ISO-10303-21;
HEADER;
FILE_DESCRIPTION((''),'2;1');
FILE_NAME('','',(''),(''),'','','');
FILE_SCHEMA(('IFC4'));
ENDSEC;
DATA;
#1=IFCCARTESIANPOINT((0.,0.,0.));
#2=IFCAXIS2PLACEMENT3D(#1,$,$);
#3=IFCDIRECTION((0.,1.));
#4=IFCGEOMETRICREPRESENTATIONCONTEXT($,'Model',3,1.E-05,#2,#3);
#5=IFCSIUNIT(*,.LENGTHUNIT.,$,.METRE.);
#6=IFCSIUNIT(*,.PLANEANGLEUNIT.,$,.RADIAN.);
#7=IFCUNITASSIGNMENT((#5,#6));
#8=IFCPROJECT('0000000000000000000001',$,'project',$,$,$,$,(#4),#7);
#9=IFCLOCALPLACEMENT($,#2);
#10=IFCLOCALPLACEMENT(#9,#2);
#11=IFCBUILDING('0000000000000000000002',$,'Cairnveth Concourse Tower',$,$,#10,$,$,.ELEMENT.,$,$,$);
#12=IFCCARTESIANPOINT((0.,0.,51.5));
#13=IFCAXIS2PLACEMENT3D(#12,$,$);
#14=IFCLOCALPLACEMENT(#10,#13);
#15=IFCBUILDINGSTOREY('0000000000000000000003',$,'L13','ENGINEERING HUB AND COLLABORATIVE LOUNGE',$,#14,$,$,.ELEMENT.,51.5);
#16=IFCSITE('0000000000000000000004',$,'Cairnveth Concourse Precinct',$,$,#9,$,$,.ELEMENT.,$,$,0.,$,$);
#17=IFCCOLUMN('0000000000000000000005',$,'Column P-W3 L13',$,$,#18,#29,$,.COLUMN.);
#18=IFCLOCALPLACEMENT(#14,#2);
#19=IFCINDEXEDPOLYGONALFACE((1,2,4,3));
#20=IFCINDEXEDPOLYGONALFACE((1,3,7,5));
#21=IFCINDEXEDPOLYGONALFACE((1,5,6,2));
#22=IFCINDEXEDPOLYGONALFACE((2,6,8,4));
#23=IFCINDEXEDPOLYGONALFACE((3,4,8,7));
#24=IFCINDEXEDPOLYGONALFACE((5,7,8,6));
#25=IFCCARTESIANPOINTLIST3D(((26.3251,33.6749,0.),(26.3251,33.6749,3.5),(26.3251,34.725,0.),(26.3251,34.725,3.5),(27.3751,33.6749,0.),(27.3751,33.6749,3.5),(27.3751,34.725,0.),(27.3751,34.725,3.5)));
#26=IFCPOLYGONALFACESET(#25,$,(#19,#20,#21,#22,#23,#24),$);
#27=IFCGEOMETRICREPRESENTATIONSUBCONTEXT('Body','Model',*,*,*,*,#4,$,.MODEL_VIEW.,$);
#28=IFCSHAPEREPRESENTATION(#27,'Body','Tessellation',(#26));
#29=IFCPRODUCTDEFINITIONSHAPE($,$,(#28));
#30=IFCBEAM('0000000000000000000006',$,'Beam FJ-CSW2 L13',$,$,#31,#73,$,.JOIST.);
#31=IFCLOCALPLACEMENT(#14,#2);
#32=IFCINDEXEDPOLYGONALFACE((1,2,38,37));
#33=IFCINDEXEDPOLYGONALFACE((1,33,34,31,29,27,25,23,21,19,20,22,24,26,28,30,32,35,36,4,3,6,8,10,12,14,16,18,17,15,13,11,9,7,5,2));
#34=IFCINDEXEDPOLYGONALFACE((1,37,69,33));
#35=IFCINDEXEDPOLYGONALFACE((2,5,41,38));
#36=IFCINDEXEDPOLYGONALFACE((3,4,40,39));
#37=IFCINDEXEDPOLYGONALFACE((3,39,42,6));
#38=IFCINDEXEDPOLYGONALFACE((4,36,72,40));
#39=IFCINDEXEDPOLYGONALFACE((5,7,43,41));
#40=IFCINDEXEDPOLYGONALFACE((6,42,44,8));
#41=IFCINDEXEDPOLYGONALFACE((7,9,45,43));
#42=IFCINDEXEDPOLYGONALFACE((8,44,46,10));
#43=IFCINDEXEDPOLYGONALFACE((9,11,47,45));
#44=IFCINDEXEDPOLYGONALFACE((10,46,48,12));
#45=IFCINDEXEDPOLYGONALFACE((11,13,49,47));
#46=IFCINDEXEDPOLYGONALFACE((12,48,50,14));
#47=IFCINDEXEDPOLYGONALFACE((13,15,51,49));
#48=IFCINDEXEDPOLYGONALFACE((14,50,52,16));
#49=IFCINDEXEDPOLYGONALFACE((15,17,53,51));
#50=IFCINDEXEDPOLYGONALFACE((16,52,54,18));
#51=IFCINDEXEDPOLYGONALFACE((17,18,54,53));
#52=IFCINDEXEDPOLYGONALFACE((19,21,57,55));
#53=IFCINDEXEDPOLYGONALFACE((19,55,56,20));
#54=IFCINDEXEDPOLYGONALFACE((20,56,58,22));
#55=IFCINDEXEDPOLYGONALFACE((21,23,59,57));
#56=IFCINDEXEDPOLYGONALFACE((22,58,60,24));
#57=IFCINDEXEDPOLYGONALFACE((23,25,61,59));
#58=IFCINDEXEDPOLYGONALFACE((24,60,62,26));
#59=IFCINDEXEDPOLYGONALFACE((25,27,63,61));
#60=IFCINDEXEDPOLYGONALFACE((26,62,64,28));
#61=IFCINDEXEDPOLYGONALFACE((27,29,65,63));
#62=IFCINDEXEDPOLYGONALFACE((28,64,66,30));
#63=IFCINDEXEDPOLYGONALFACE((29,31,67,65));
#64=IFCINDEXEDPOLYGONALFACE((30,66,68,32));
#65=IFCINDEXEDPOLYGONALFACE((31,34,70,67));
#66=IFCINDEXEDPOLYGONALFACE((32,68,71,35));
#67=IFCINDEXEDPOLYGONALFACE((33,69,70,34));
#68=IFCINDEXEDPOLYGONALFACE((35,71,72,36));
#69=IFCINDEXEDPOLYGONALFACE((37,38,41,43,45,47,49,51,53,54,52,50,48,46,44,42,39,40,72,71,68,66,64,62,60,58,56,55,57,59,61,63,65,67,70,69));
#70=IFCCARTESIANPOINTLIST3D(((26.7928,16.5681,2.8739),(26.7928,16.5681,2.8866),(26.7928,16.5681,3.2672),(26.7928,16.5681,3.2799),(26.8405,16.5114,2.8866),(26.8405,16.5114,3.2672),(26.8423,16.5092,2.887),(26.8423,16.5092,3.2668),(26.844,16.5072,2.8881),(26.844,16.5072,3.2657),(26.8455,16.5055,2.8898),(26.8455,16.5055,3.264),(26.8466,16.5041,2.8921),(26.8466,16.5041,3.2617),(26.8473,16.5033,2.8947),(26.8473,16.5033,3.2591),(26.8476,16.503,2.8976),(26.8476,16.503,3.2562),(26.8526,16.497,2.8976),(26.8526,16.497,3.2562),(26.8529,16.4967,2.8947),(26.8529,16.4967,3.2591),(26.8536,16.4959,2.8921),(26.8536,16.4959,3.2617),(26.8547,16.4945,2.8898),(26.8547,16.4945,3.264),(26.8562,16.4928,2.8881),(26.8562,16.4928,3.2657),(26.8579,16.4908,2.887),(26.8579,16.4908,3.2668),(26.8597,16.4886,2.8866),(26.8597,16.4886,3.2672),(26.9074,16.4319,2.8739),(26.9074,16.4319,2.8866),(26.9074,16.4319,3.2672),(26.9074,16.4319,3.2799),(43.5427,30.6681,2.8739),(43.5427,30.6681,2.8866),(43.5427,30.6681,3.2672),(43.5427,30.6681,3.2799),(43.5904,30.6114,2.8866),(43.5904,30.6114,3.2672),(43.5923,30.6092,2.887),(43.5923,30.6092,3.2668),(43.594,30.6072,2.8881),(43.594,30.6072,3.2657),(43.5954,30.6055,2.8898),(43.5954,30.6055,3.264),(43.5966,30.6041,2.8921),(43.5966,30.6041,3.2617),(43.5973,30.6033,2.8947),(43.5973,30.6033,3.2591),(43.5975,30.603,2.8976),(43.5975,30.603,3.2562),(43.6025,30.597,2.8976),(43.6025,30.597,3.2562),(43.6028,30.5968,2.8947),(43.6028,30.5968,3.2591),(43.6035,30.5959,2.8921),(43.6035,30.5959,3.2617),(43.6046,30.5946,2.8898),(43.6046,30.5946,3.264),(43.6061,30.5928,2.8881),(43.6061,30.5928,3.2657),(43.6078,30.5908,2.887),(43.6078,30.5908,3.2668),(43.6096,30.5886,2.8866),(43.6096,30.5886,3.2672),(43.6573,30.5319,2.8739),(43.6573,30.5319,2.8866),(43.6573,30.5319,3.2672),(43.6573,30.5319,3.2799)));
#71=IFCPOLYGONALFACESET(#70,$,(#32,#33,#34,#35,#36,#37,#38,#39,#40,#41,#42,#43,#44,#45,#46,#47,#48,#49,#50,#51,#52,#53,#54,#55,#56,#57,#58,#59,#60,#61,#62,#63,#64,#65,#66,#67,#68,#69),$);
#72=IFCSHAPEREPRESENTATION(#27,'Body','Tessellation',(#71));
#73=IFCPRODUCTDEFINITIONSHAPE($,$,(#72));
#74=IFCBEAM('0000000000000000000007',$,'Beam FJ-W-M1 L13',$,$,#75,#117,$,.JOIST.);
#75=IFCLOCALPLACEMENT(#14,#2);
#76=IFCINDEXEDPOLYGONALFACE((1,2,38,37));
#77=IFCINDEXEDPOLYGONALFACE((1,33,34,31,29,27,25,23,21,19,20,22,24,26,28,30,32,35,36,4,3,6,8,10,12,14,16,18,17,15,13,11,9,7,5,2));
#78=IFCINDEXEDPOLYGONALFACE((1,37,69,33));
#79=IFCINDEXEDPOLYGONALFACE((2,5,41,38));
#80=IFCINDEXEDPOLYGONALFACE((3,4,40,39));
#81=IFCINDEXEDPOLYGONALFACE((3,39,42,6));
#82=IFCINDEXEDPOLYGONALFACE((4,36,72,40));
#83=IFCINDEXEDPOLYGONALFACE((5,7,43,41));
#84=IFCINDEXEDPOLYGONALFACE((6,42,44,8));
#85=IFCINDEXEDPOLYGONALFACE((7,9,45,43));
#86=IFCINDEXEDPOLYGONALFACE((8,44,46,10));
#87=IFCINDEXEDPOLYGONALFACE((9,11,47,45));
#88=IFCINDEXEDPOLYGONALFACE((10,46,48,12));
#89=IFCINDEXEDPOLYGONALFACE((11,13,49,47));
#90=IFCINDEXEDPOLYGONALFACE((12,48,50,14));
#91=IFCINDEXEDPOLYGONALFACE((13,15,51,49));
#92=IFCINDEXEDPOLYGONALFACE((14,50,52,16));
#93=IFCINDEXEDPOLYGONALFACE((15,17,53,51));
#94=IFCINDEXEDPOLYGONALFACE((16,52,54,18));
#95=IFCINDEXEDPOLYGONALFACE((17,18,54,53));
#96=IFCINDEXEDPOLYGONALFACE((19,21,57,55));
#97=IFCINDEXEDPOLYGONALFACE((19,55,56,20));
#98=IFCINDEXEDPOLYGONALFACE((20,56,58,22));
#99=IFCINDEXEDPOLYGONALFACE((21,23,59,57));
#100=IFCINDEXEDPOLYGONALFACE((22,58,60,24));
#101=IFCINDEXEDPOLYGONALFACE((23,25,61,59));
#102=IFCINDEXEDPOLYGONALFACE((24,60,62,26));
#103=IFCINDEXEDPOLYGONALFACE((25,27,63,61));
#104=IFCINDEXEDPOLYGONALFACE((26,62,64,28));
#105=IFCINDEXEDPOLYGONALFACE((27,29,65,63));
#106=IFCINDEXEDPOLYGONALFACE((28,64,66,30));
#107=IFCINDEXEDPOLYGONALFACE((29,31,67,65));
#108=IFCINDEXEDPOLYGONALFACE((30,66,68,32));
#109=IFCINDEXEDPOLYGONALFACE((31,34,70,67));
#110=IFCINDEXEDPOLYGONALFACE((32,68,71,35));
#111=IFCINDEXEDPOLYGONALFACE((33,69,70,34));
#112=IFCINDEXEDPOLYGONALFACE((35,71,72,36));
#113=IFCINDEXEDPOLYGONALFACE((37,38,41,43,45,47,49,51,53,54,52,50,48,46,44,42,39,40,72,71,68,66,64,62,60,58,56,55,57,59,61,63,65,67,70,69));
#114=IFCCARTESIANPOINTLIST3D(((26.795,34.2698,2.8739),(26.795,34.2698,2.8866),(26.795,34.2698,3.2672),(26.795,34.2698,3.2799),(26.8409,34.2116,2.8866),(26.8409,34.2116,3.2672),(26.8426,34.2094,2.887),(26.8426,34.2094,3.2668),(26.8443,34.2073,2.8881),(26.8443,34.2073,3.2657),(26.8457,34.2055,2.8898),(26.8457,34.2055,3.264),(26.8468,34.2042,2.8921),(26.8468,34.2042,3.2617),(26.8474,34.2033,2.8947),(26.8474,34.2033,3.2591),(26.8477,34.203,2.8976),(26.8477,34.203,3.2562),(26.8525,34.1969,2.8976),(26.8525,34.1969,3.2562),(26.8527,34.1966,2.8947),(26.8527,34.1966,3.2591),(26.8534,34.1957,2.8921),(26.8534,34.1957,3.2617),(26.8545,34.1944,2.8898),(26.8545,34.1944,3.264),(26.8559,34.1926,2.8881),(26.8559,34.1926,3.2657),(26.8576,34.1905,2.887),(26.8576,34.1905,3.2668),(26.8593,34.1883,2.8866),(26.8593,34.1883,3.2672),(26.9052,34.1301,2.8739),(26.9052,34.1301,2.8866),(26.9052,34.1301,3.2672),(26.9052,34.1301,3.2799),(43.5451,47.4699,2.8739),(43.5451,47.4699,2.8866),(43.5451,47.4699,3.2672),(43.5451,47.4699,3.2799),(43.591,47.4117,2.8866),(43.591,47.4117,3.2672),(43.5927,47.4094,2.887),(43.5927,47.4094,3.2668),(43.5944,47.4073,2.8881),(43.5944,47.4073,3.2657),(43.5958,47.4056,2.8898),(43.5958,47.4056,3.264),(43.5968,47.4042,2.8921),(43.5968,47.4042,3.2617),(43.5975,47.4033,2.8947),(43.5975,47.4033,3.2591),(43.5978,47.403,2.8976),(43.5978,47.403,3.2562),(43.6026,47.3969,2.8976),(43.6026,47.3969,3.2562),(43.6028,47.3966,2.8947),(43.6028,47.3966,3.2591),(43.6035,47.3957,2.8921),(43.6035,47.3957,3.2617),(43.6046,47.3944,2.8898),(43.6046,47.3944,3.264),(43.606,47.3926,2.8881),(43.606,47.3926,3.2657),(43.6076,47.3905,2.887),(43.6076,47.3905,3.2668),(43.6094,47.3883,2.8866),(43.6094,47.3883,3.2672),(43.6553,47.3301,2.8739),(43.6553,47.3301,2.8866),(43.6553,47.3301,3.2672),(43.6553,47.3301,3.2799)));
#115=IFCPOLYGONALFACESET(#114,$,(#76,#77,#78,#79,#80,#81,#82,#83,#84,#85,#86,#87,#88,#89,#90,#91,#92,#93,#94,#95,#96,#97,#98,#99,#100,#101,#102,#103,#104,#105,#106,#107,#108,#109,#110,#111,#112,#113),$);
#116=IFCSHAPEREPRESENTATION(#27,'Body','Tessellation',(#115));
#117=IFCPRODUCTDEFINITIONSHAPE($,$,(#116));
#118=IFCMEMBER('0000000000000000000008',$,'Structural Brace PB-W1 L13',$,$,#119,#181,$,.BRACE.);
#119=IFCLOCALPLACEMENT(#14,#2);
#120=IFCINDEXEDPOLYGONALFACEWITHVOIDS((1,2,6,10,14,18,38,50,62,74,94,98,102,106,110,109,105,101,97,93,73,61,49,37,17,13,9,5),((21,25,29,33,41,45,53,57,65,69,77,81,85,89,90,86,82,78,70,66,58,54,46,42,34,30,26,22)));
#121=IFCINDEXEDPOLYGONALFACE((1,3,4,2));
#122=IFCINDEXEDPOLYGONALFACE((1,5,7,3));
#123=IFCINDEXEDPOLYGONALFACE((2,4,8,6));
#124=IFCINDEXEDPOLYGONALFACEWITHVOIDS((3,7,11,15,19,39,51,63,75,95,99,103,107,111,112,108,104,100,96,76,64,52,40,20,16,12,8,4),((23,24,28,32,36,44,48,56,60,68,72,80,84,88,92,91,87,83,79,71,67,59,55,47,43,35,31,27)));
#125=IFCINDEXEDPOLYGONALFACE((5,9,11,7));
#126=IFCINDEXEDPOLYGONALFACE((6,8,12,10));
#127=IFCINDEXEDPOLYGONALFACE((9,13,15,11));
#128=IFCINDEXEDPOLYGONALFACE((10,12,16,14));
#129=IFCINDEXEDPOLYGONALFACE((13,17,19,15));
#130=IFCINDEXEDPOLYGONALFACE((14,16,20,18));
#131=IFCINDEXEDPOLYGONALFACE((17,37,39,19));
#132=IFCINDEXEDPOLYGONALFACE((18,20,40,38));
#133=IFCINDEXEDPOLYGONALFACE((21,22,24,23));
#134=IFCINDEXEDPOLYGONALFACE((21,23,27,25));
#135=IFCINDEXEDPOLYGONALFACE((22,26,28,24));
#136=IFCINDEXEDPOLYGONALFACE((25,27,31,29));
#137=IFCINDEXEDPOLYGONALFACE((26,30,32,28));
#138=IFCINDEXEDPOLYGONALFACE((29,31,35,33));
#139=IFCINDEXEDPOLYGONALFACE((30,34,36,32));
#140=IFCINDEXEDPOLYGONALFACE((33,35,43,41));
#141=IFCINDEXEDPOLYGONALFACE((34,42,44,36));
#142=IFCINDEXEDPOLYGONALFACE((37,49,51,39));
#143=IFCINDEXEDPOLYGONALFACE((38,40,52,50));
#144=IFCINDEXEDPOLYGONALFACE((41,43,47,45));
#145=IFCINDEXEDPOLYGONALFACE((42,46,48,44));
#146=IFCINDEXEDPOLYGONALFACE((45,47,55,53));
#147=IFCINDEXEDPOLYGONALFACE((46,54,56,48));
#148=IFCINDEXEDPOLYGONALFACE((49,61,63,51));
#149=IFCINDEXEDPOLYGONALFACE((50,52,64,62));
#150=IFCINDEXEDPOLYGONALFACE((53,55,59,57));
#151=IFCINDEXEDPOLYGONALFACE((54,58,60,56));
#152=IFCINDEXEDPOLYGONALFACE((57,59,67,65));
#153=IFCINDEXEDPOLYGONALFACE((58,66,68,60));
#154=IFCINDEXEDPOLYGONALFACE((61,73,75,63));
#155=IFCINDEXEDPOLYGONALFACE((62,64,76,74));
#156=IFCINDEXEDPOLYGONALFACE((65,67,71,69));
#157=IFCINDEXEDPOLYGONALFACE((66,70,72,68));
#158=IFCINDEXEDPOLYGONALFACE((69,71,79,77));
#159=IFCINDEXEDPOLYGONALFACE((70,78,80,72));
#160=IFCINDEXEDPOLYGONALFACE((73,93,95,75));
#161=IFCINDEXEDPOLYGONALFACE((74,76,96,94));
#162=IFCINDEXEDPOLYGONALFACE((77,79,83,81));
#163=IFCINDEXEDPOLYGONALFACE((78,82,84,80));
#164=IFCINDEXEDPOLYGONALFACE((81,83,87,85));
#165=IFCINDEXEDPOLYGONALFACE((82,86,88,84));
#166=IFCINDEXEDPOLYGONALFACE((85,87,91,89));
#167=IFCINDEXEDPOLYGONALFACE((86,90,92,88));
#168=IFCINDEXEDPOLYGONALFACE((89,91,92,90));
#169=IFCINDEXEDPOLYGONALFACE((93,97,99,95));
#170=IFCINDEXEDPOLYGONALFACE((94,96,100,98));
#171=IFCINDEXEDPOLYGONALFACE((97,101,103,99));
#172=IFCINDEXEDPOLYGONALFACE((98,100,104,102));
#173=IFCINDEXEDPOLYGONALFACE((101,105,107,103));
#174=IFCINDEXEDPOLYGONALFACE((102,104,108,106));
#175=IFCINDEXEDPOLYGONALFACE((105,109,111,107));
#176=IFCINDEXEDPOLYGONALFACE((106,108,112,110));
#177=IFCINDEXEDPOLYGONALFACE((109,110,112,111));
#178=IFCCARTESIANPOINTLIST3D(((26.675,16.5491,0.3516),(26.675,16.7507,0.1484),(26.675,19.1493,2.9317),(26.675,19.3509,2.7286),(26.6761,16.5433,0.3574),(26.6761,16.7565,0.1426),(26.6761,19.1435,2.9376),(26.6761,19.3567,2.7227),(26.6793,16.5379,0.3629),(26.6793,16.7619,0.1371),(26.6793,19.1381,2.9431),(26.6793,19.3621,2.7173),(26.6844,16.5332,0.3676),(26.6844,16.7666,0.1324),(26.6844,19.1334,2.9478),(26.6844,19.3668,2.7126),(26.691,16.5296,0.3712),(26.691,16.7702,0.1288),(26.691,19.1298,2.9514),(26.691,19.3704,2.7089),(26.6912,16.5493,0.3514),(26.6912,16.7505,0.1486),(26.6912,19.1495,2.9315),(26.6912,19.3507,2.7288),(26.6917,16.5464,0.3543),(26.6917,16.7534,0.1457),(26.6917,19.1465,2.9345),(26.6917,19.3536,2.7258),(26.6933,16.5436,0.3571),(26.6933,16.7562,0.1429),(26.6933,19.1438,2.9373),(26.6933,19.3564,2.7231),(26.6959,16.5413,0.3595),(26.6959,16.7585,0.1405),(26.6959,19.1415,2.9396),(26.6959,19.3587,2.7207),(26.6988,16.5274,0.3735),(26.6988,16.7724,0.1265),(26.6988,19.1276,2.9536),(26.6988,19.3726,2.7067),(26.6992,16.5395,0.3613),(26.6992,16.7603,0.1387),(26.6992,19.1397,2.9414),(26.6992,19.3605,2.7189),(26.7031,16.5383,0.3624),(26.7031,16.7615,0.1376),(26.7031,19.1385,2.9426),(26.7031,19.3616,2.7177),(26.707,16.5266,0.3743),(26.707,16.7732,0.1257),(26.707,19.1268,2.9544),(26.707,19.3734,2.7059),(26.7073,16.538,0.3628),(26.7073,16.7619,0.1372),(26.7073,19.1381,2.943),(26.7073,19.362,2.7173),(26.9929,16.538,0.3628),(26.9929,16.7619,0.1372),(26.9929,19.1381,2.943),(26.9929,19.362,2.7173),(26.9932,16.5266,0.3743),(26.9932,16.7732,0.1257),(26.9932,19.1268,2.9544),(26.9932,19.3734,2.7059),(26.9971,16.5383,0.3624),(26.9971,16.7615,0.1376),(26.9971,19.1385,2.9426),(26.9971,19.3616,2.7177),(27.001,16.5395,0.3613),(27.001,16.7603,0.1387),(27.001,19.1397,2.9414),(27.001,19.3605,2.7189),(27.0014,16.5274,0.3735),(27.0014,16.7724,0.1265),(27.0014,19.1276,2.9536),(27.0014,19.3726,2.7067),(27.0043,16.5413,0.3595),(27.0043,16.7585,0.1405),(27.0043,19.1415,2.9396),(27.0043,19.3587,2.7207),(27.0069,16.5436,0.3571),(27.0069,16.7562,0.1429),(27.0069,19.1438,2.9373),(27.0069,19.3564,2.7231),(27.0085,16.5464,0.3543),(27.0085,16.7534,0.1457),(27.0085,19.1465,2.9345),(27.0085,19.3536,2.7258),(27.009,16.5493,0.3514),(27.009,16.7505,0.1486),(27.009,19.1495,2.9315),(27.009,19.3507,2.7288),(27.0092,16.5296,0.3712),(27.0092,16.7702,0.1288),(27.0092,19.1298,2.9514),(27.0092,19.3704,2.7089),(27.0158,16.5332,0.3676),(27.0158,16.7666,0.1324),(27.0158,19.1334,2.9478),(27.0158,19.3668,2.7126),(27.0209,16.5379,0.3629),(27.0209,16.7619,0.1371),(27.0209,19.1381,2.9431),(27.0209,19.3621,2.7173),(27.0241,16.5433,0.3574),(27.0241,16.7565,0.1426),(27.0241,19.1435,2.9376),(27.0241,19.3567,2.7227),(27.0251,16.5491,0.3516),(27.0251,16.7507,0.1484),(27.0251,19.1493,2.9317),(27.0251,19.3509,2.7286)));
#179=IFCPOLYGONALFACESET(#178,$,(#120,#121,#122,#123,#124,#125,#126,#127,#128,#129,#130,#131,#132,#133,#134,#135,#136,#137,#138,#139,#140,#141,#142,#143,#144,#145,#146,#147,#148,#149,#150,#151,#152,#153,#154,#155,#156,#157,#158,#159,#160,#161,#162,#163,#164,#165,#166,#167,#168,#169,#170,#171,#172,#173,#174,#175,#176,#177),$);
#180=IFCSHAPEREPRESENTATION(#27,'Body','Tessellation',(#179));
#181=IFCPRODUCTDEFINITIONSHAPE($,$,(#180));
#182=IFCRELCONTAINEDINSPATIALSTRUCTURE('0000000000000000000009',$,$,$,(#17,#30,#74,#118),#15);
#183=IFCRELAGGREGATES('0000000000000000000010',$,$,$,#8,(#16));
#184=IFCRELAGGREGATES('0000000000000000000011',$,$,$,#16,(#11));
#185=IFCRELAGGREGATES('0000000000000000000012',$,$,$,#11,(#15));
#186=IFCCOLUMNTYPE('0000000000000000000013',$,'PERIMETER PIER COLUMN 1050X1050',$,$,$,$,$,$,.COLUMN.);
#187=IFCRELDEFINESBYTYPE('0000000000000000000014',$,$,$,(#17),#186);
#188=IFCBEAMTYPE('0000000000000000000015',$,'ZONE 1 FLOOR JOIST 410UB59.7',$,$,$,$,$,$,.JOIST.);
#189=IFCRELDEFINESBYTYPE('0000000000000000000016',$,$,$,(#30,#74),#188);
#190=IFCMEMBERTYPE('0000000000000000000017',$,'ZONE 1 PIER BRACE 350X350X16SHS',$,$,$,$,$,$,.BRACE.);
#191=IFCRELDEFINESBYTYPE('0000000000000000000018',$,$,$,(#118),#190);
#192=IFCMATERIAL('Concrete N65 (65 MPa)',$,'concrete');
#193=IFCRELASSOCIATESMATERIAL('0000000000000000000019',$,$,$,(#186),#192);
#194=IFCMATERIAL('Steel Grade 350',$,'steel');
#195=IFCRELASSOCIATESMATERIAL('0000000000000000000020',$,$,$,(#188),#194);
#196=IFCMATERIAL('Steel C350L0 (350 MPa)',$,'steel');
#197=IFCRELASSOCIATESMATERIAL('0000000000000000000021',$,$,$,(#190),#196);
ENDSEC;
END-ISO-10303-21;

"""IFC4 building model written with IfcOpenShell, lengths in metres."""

from ifc_helpers import new_model, si_unit, direction, frame, origin, origin_2d, place, context, subcontext, project, spatial, rectangle, hollow_rectangle, i_section, extrude, material, material_profile, profile_set, type_object, element, save


model = new_model("IFC4")

# Units and contexts
model_context = context("Model", 3, precision=1e-05, world=origin(), true_north=direction((0.0, 1.0)))
body_context = subcontext(model_context, "Body", "Model", "MODEL_VIEW")
ifc_project = project(units=[si_unit("LENGTHUNIT", "METRE"), si_unit("PLANEANGLEUNIT", "RADIAN")], contexts=[model_context])

# Site, building, storey
site_placement = place(None, origin())
site = spatial("IfcSite", under=ifc_project, at=site_placement, Name="Cairnveth Concourse Precinct", CompositionType="ELEMENT", RefElevation=0.0)
building_placement = place(site_placement, origin())
building = spatial("IfcBuilding", under=site, at=building_placement, Name="Cairnveth Concourse Tower", CompositionType="ELEMENT")
storey_placement = place(building_placement, frame((0.0, 0.0, 51.5)))
storey = spatial("IfcBuildingStorey", under=building, at=storey_placement, Name="L13", Description="ENGINEERING HUB AND COLLABORATIVE LOUNGE", CompositionType="ELEMENT", Elevation=51.5)

# Column
ifc_material_1 = material(Name="Concrete N65 (65 MPa)", Category="concrete")
ifc_material_profile_1 = material_profile(ifc_material_1, rectangle(XDim=1.05, YDim=1.05, at=origin_2d()), Name="RC-COL-1050x1050")
ifc_profile_set_1 = profile_set([ifc_material_profile_1], Name="Concrete N65 (65 MPa)")
column_type = type_object("IfcColumnType", Name="PERIMETER PIER COLUMN 1050X1050", PredefinedType="COLUMN", material=ifc_profile_set_1)
column_placement = place(storey_placement, frame((26.8501, 34.2, 0.0), z_axis=(0.0, 0.0, 1.0), x_axis=(0.0, 1.0, 0.0)))
element("IfcColumn", 1, at=column_placement, inside=storey, type_object=column_type, Name="Column P-W3 L13", PredefinedType="COLUMN", context=body_context, shape_type="SweptSolid", body=[
    extrude(rectangle(XDim=1.05, YDim=1.05, at=origin_2d()), origin(), (0.0, 0.0, 1.0), 3.5),
])

# Beams
ifc_material_2 = material(Name="Steel Grade 350", Category="steel")
ifc_material_profile_2 = material_profile(ifc_material_2, i_section(OverallWidth=0.178, OverallDepth=0.406, WebThickness=0.0078, FlangeThickness=0.0127, FilletRadius=0.011, at=origin_2d()), Name="410UB59.7")
ifc_profile_set_2 = profile_set([ifc_material_profile_2], Name="Steel Grade 350")
beam_type_1 = type_object("IfcBeamType", Name="ZONE 1 FLOOR JOIST 410UB59.7", PredefinedType="JOIST", material=ifc_profile_set_2)
beam_1_placement = place(storey_placement, frame((26.8501, 16.5, 3.0769), z_axis=(0.765027, 0.643998, 0.0), x_axis=(-0.643998, 0.765027, 0.0)))
element("IfcBeam", 2, at=beam_1_placement, inside=storey, type_object=beam_type_1, Name="Beam FJ-CSW2 L13", PredefinedType="JOIST", context=body_context, shape_type="SweptSolid", body=[
    extrude(i_section(OverallWidth=0.178, OverallDepth=0.406, WebThickness=0.0078, FlangeThickness=0.0127, FilletRadius=0.011, at=origin_2d()), origin(), (0.0, 0.0, 1.0), 21.8945),
])
beam_2_placement = place(storey_placement, frame((26.8501, 34.2, 3.0769), z_axis=(0.785424, 0.618958, 0.0), x_axis=(-0.618958, 0.785424, 0.0)))
element("IfcBeam", 3, at=beam_2_placement, inside=storey, type_object=beam_type_1, Name="Beam FJ-W-M1 L13", PredefinedType="JOIST", context=body_context, shape_type="SweptSolid", body=[
    extrude(i_section(OverallWidth=0.178, OverallDepth=0.406, WebThickness=0.0078, FlangeThickness=0.0127, FilletRadius=0.011, at=origin_2d()), origin(), (0.0, 0.0, 1.0), 21.3262),
])

# Member
ifc_material_3 = material(Name="Steel C350L0 (350 MPa)", Category="steel")
ifc_material_profile_3 = material_profile(ifc_material_3, hollow_rectangle(XDim=0.3501, YDim=0.3501, WallThickness=0.0161, InnerFilletRadius=0.0161, OuterFilletRadius=0.032, at=origin_2d()), Name="350x350x16.0SHS")
ifc_profile_set_3 = profile_set([ifc_material_profile_3], Name="Steel C350L0 (350 MPa)")
member_type = type_object("IfcMemberType", Name="ZONE 1 PIER BRACE 350X350X16SHS", PredefinedType="BRACE", material=ifc_profile_set_3)
member_placement = place(storey_placement, frame((26.8501, 16.6499, 0.25), z_axis=(0.0, 0.709834, 0.704369), x_axis=(-1.0, 0.0, 0.0)))
element("IfcMember", 4, at=member_placement, inside=storey, type_object=member_type, Name="Structural Brace PB-W1 L13", PredefinedType="BRACE", context=body_context, shape_type="SweptSolid", body=[
    extrude(hollow_rectangle(XDim=0.3501, YDim=0.3501, WallThickness=0.0161, InnerFilletRadius=0.0161, OuterFilletRadius=0.032, at=origin_2d()), origin(), (0.0, 0.0, 1.0), 3.6631),
])

save(model, "model.ifc")
